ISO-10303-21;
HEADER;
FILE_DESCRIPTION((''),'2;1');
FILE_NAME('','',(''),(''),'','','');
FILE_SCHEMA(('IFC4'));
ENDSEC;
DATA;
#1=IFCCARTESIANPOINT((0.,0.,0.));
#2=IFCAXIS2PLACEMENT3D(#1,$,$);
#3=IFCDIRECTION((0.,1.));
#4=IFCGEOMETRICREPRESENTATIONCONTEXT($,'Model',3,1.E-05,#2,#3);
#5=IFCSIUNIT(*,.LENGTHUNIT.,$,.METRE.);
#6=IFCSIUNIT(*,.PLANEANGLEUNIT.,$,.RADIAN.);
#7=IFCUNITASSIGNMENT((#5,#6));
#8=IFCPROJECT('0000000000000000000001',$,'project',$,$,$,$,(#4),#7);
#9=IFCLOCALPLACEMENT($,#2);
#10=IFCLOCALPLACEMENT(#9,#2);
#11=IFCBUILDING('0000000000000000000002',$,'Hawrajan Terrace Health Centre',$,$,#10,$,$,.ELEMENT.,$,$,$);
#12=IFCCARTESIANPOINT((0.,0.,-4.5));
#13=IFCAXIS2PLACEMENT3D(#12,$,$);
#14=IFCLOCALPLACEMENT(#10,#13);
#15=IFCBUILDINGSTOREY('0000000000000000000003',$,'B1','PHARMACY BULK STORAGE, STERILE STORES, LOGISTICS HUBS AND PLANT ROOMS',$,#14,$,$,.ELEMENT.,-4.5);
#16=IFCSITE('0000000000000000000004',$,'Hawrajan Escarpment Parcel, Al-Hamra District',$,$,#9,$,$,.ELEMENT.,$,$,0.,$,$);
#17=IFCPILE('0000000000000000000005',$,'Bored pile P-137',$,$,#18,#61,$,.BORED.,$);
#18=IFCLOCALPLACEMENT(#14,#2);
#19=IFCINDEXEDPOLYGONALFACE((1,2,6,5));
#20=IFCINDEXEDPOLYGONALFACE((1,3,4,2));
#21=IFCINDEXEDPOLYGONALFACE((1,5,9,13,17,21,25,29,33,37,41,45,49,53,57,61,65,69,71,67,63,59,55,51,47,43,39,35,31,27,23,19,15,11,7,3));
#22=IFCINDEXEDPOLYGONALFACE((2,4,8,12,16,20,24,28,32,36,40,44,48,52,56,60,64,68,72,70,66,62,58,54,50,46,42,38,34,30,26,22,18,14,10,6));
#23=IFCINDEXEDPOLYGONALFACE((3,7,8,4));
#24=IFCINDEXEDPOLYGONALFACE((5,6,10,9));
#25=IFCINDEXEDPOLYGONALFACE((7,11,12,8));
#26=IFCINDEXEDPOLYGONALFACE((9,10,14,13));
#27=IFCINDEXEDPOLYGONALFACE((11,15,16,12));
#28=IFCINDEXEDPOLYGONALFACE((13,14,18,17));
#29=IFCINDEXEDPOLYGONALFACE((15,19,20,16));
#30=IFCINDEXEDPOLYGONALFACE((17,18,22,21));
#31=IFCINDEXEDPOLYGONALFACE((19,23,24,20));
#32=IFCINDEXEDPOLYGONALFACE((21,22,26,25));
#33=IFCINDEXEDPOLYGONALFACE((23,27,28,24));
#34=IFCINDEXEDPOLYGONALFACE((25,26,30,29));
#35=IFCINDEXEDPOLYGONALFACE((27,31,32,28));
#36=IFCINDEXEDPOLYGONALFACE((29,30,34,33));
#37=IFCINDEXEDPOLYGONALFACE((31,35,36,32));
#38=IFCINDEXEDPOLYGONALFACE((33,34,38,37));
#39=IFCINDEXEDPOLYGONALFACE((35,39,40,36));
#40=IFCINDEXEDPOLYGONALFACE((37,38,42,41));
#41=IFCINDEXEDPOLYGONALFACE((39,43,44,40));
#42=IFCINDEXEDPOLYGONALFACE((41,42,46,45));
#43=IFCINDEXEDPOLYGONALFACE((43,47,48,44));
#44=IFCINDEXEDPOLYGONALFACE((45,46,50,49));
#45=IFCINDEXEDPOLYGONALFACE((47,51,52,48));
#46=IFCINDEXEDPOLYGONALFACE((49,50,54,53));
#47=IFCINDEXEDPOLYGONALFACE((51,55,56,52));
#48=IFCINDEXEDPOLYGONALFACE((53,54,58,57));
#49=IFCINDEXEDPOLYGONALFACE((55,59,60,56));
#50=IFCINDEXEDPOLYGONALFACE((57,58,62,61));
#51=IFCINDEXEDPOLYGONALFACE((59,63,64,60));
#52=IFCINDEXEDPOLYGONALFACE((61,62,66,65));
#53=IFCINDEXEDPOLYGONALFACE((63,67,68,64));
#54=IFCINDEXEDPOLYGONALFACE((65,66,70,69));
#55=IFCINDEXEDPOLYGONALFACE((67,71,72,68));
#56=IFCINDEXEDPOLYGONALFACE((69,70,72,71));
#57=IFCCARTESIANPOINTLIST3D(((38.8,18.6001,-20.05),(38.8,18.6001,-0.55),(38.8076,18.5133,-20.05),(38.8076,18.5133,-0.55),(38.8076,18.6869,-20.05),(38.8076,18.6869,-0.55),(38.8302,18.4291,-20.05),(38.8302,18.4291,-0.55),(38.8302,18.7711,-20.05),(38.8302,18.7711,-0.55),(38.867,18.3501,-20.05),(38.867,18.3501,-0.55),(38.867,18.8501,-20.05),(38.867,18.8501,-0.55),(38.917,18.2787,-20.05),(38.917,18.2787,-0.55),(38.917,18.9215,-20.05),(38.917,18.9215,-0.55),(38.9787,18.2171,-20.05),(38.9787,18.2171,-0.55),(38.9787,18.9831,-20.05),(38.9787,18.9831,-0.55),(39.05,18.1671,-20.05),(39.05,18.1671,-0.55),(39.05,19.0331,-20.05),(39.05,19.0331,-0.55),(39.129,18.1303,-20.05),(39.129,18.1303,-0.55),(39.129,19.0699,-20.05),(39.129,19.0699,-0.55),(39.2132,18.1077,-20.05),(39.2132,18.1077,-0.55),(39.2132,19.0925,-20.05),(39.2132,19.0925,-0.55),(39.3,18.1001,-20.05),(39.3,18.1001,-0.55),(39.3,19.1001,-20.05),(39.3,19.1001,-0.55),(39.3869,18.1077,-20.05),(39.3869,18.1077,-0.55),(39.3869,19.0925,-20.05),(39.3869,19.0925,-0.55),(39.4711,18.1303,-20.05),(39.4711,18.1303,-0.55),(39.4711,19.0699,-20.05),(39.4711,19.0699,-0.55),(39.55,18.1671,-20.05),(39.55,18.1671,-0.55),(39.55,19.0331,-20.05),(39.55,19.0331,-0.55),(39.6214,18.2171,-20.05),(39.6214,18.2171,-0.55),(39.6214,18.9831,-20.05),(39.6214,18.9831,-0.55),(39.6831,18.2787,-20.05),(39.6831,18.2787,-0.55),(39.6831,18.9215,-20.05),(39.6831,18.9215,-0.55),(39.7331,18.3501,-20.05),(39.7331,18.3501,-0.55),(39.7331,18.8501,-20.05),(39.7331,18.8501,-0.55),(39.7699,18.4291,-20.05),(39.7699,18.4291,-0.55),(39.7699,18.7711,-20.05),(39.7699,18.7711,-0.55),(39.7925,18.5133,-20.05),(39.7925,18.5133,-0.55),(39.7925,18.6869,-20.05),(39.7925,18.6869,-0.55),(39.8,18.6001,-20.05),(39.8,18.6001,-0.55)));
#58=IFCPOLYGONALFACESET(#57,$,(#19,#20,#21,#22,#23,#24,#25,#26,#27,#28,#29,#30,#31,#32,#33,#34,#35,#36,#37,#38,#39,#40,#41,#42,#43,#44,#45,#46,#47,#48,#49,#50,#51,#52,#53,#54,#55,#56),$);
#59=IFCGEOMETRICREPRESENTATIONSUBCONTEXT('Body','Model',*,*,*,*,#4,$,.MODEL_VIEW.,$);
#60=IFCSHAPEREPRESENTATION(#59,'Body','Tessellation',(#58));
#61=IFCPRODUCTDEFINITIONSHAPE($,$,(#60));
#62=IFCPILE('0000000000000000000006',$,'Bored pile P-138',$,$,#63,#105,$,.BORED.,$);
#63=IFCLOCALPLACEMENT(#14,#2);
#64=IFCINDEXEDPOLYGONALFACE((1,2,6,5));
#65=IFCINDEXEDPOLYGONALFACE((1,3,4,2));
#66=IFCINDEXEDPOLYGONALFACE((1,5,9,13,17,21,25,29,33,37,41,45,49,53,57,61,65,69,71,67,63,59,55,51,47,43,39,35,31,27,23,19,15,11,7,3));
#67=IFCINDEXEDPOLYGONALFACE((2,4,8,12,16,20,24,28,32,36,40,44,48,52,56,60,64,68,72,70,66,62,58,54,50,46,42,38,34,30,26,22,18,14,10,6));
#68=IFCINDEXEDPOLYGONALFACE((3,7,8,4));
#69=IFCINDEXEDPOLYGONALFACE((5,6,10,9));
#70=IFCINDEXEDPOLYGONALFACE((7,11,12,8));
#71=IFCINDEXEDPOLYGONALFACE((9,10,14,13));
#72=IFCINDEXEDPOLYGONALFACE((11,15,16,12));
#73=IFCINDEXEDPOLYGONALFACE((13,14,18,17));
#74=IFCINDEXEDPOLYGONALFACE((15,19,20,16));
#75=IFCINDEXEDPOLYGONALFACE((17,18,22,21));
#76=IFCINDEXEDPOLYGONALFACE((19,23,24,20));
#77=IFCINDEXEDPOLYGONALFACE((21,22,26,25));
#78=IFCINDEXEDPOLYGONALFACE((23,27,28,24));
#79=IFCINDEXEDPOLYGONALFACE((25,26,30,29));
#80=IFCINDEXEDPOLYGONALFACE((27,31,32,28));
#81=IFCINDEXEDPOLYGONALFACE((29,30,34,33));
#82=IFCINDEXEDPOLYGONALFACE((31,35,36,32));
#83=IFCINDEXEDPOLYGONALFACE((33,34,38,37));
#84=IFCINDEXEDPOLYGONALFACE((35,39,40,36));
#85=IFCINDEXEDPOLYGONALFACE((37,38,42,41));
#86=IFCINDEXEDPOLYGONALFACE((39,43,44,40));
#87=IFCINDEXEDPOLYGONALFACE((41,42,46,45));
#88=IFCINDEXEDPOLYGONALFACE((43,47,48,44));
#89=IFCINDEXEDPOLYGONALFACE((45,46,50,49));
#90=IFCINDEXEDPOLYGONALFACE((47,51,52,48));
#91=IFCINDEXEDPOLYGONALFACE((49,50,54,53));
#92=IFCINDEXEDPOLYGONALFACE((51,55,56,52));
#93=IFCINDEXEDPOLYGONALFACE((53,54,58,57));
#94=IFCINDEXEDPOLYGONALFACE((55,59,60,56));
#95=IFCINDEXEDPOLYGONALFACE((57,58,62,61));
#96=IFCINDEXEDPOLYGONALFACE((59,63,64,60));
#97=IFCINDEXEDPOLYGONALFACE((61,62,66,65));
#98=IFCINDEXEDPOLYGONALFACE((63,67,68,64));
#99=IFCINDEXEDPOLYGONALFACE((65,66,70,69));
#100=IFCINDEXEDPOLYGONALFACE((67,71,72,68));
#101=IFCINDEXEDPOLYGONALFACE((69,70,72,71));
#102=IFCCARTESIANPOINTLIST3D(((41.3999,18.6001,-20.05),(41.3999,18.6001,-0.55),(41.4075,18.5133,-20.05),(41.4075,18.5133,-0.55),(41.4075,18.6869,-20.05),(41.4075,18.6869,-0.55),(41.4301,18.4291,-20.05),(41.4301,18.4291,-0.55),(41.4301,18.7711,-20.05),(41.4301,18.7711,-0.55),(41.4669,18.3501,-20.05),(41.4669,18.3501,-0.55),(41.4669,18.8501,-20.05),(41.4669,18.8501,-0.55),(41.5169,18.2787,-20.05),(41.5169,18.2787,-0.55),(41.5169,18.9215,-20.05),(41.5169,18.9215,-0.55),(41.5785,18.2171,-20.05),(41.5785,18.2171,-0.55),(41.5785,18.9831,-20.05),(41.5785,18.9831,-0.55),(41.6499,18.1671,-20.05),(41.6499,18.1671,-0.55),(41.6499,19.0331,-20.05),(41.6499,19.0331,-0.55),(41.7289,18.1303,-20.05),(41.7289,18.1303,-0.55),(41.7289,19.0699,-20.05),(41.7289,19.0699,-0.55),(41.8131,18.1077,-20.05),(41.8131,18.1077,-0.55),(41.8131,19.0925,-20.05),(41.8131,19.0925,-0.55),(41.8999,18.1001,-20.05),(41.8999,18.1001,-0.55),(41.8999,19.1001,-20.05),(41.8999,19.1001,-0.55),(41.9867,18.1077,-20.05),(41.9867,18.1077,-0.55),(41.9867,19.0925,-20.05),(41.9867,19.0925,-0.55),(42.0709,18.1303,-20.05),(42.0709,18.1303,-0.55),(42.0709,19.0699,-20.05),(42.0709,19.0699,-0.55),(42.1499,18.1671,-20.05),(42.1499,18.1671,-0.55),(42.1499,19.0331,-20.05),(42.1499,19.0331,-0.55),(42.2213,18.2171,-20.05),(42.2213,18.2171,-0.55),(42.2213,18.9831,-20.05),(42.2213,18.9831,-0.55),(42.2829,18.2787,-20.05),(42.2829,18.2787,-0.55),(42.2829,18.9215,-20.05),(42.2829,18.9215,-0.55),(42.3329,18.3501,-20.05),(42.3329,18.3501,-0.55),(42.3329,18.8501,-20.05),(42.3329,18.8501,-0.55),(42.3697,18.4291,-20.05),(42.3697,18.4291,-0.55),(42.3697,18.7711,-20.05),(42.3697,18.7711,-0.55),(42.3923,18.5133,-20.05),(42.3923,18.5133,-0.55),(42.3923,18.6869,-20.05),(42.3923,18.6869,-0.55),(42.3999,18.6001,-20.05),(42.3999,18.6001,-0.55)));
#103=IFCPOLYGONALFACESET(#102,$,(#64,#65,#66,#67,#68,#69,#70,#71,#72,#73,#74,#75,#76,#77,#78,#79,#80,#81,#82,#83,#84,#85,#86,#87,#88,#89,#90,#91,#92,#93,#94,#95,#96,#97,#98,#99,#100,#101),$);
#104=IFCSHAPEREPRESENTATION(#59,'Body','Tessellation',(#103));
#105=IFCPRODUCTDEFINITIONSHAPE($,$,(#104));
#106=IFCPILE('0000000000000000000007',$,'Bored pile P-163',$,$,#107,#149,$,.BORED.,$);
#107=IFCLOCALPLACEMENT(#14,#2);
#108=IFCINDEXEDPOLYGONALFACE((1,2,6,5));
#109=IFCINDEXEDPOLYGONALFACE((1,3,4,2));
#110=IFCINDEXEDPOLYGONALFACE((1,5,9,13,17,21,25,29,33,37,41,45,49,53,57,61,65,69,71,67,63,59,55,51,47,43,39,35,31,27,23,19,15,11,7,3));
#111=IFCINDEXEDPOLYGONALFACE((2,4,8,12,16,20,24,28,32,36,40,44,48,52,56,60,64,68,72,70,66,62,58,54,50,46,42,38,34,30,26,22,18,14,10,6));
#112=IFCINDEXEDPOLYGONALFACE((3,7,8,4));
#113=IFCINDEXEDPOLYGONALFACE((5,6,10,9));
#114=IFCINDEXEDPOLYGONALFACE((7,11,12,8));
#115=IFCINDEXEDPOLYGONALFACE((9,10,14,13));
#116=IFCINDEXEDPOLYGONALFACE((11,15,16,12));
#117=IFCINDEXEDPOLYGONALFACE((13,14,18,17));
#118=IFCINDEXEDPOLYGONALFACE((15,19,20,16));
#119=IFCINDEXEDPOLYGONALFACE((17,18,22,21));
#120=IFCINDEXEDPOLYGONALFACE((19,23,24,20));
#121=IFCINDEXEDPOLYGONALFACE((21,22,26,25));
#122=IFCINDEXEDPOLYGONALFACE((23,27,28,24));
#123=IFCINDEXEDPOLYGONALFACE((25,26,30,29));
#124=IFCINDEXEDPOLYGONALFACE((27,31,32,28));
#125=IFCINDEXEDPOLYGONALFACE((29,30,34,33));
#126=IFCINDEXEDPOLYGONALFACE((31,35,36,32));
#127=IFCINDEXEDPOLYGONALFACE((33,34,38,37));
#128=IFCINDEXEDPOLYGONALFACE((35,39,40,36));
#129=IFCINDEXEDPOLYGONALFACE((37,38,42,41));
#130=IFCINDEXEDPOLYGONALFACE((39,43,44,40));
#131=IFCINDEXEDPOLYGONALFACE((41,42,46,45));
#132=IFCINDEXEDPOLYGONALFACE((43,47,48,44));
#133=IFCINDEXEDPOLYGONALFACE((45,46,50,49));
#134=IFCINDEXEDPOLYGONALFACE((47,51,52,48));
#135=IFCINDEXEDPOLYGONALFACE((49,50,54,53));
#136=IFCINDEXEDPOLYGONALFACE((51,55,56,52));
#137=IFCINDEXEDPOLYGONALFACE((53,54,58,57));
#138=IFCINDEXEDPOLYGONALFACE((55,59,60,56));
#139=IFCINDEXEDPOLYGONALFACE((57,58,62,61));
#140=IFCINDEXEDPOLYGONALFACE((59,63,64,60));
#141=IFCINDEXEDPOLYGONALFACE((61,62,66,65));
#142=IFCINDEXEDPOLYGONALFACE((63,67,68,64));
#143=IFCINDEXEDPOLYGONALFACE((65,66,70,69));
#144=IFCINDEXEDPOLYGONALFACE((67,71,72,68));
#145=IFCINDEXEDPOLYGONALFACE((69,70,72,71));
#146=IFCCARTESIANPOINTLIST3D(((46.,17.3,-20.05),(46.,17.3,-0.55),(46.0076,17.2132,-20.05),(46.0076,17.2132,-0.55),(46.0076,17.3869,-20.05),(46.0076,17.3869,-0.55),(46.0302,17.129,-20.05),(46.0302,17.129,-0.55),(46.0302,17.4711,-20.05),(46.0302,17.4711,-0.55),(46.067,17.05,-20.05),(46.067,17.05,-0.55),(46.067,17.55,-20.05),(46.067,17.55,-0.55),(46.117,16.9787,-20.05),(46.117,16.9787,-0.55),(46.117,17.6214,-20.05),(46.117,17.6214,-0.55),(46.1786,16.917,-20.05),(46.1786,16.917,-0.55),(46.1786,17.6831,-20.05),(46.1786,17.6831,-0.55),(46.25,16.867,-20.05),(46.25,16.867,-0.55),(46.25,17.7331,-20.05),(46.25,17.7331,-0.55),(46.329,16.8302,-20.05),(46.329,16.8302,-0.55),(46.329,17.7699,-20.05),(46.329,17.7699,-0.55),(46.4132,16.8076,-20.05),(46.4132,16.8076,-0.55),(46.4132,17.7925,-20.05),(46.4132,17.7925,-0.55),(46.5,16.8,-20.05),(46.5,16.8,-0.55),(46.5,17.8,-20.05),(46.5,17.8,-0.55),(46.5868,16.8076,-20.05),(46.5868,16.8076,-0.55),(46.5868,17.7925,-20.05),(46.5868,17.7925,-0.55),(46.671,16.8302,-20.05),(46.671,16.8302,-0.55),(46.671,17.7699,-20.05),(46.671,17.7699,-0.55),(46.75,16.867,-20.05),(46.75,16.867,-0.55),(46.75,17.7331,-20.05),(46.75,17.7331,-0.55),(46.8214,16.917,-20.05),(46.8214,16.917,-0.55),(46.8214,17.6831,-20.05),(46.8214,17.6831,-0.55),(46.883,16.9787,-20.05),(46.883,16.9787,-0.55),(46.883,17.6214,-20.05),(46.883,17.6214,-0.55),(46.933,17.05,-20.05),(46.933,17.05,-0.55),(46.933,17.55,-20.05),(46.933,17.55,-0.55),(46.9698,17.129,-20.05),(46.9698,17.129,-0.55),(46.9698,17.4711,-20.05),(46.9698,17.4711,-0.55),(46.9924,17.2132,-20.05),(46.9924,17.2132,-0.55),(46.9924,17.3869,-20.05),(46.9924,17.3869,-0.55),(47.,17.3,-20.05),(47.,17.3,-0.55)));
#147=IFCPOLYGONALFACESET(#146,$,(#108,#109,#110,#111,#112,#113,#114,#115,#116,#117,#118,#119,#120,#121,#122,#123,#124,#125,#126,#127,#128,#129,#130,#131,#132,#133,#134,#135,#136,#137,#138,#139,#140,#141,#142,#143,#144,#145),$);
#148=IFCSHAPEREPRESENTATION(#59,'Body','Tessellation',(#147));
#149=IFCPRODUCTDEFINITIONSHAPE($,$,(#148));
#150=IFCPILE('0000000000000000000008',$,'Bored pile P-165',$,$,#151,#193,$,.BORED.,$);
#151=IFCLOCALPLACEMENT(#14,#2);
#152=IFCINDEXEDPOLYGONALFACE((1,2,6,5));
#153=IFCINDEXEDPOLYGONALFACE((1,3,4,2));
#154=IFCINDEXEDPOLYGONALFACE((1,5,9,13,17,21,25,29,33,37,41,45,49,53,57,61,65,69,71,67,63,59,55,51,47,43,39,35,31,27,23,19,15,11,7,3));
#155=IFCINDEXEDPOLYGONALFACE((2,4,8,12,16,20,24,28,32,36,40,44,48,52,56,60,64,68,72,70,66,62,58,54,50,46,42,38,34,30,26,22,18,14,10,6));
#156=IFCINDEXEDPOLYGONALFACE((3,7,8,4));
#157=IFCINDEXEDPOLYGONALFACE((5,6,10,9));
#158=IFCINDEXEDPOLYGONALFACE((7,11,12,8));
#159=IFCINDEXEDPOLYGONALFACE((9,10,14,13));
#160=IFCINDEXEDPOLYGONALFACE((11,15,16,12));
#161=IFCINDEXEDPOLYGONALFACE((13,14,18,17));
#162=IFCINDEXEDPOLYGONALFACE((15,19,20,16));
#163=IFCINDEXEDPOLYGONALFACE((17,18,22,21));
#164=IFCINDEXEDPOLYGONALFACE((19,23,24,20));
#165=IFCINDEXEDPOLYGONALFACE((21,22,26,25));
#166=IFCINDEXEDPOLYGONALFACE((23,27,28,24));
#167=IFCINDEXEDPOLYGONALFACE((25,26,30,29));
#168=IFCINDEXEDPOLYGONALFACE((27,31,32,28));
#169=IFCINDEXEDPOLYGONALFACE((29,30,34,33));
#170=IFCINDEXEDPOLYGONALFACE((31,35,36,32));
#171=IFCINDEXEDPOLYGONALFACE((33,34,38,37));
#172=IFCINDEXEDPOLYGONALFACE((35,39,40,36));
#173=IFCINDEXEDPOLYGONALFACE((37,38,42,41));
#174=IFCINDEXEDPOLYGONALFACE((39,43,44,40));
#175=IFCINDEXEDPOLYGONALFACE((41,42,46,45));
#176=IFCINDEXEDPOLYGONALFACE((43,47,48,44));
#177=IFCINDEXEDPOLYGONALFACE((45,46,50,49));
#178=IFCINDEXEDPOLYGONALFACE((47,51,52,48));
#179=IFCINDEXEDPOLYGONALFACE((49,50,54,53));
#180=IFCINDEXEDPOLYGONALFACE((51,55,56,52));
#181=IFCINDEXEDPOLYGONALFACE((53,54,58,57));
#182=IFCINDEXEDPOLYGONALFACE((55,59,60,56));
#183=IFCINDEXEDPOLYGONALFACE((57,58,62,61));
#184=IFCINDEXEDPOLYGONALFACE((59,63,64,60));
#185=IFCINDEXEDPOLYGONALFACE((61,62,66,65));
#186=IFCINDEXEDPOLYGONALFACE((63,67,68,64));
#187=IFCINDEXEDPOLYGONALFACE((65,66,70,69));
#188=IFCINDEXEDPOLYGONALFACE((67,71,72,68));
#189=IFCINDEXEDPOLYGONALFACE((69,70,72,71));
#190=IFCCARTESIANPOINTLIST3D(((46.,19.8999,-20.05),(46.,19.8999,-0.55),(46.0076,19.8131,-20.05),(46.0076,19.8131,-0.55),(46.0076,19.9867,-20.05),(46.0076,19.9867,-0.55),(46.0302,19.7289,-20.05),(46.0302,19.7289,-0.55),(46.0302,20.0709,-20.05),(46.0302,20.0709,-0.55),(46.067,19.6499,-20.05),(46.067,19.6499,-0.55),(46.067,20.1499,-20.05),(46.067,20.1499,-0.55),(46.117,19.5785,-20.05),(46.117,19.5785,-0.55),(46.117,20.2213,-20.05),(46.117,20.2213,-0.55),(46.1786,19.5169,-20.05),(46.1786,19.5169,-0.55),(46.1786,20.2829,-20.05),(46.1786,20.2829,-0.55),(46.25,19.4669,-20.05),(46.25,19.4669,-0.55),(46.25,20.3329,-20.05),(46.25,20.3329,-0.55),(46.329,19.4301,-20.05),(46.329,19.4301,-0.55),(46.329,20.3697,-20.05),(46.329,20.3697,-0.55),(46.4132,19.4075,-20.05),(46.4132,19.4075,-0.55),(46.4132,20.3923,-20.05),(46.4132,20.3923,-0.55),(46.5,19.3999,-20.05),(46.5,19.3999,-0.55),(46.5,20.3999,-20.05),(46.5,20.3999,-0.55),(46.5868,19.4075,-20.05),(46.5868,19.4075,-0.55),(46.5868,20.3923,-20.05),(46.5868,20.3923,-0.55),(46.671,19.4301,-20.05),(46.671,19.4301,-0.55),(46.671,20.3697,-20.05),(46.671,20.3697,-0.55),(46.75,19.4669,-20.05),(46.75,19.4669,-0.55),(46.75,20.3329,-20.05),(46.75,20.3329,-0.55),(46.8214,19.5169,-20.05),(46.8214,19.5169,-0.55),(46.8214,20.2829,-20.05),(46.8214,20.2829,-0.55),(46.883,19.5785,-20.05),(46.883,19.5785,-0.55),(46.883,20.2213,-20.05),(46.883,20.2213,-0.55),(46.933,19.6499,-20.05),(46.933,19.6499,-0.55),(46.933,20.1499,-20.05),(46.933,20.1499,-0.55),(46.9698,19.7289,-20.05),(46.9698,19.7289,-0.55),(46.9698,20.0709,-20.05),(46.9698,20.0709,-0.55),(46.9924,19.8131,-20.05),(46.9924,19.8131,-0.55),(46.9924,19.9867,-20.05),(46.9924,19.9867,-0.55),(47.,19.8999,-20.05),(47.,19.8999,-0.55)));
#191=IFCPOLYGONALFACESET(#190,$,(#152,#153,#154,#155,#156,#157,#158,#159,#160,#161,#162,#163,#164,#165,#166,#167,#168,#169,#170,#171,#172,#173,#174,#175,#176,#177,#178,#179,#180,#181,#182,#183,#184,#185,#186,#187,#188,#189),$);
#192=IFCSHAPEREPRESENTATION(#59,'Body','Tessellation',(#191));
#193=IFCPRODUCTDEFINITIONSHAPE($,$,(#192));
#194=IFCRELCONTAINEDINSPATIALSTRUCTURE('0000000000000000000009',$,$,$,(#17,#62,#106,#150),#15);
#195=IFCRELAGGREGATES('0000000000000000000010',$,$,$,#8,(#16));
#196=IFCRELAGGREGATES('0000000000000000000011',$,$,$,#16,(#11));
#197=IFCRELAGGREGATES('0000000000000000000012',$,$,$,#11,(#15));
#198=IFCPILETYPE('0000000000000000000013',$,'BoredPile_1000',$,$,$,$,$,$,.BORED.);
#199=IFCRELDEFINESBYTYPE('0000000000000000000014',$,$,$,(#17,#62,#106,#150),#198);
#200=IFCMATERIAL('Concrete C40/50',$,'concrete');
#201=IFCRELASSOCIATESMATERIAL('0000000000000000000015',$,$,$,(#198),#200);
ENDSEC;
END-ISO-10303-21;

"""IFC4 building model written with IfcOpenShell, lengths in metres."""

from ifc_helpers import new_model, si_unit, direction, frame, origin, origin_2d, place, context, subcontext, project, spatial, circle, extrude, material, material_profile, profile_set, type_object, element, save


model = new_model("IFC4")

# Units and contexts
model_context = context("Model", 3, precision=1e-05, world=origin(), true_north=direction((0.0, 1.0)))
body_context = subcontext(model_context, "Body", "Model", "MODEL_VIEW")
ifc_project = project(units=[si_unit("LENGTHUNIT", "METRE"), si_unit("PLANEANGLEUNIT", "RADIAN")], contexts=[model_context])

# Site, building, storey
site_placement = place(None, origin())
site = spatial("IfcSite", under=ifc_project, at=site_placement, Name="Hawrajan Escarpment Parcel, Al-Hamra District", CompositionType="ELEMENT", RefElevation=0.0)
building_placement = place(site_placement, origin())
building = spatial("IfcBuilding", under=site, at=building_placement, Name="Hawrajan Terrace Health Centre", CompositionType="ELEMENT")
storey_placement = place(building_placement, frame((0.0, 0.0, -4.5)))
storey = spatial("IfcBuildingStorey", under=building, at=storey_placement, Name="B1", Description="PHARMACY BULK STORAGE, STERILE STORES, LOGISTICS HUBS AND PLANT ROOMS", CompositionType="ELEMENT", Elevation=-4.5)

# Piles
ifc_material_1 = material(Name="Concrete C40/50", Category="concrete")
ifc_material_profile_1 = material_profile(ifc_material_1, circle(Radius=0.5, at=origin_2d()), Name="BP 1000")
ifc_profile_set_1 = profile_set([ifc_material_profile_1], Name="Concrete C40/50")
pile_type_1 = type_object("IfcPileType", Name="BoredPile_1000", PredefinedType="BORED", material=ifc_profile_set_1)
for number, where, z_axis, x_axis, name in (
    (1, (39.3, 18.6001, -0.55), (0.0, 0.0, -1.0), (1.0, 0.0, 0.0), "Bored pile P-137"),
    (2, (41.8999, 18.6001, -0.55), (0.0, 0.0, -1.0), (1.0, 0.0, 0.0), "Bored pile P-138"),
    (3, (46.5, 17.3, -0.55), (0.0, 0.0, -1.0), (1.0, 0.0, 0.0), "Bored pile P-163"),
    (4, (46.5, 19.8999, -0.55), (0.0, 0.0, -1.0), (1.0, 0.0, 0.0), "Bored pile P-165"),
):
    element("IfcPile", number, at=place(storey_placement, frame(where, z_axis=z_axis, x_axis=x_axis)), inside=storey, type_object=pile_type_1, Name=name, PredefinedType="BORED", context=body_context, shape_type="SweptSolid", body=[
        extrude(circle(Radius=0.5, at=origin_2d()), origin(), (0.0, 0.0, 1.0), 19.5),
    ])

save(model, "model.ifc")
